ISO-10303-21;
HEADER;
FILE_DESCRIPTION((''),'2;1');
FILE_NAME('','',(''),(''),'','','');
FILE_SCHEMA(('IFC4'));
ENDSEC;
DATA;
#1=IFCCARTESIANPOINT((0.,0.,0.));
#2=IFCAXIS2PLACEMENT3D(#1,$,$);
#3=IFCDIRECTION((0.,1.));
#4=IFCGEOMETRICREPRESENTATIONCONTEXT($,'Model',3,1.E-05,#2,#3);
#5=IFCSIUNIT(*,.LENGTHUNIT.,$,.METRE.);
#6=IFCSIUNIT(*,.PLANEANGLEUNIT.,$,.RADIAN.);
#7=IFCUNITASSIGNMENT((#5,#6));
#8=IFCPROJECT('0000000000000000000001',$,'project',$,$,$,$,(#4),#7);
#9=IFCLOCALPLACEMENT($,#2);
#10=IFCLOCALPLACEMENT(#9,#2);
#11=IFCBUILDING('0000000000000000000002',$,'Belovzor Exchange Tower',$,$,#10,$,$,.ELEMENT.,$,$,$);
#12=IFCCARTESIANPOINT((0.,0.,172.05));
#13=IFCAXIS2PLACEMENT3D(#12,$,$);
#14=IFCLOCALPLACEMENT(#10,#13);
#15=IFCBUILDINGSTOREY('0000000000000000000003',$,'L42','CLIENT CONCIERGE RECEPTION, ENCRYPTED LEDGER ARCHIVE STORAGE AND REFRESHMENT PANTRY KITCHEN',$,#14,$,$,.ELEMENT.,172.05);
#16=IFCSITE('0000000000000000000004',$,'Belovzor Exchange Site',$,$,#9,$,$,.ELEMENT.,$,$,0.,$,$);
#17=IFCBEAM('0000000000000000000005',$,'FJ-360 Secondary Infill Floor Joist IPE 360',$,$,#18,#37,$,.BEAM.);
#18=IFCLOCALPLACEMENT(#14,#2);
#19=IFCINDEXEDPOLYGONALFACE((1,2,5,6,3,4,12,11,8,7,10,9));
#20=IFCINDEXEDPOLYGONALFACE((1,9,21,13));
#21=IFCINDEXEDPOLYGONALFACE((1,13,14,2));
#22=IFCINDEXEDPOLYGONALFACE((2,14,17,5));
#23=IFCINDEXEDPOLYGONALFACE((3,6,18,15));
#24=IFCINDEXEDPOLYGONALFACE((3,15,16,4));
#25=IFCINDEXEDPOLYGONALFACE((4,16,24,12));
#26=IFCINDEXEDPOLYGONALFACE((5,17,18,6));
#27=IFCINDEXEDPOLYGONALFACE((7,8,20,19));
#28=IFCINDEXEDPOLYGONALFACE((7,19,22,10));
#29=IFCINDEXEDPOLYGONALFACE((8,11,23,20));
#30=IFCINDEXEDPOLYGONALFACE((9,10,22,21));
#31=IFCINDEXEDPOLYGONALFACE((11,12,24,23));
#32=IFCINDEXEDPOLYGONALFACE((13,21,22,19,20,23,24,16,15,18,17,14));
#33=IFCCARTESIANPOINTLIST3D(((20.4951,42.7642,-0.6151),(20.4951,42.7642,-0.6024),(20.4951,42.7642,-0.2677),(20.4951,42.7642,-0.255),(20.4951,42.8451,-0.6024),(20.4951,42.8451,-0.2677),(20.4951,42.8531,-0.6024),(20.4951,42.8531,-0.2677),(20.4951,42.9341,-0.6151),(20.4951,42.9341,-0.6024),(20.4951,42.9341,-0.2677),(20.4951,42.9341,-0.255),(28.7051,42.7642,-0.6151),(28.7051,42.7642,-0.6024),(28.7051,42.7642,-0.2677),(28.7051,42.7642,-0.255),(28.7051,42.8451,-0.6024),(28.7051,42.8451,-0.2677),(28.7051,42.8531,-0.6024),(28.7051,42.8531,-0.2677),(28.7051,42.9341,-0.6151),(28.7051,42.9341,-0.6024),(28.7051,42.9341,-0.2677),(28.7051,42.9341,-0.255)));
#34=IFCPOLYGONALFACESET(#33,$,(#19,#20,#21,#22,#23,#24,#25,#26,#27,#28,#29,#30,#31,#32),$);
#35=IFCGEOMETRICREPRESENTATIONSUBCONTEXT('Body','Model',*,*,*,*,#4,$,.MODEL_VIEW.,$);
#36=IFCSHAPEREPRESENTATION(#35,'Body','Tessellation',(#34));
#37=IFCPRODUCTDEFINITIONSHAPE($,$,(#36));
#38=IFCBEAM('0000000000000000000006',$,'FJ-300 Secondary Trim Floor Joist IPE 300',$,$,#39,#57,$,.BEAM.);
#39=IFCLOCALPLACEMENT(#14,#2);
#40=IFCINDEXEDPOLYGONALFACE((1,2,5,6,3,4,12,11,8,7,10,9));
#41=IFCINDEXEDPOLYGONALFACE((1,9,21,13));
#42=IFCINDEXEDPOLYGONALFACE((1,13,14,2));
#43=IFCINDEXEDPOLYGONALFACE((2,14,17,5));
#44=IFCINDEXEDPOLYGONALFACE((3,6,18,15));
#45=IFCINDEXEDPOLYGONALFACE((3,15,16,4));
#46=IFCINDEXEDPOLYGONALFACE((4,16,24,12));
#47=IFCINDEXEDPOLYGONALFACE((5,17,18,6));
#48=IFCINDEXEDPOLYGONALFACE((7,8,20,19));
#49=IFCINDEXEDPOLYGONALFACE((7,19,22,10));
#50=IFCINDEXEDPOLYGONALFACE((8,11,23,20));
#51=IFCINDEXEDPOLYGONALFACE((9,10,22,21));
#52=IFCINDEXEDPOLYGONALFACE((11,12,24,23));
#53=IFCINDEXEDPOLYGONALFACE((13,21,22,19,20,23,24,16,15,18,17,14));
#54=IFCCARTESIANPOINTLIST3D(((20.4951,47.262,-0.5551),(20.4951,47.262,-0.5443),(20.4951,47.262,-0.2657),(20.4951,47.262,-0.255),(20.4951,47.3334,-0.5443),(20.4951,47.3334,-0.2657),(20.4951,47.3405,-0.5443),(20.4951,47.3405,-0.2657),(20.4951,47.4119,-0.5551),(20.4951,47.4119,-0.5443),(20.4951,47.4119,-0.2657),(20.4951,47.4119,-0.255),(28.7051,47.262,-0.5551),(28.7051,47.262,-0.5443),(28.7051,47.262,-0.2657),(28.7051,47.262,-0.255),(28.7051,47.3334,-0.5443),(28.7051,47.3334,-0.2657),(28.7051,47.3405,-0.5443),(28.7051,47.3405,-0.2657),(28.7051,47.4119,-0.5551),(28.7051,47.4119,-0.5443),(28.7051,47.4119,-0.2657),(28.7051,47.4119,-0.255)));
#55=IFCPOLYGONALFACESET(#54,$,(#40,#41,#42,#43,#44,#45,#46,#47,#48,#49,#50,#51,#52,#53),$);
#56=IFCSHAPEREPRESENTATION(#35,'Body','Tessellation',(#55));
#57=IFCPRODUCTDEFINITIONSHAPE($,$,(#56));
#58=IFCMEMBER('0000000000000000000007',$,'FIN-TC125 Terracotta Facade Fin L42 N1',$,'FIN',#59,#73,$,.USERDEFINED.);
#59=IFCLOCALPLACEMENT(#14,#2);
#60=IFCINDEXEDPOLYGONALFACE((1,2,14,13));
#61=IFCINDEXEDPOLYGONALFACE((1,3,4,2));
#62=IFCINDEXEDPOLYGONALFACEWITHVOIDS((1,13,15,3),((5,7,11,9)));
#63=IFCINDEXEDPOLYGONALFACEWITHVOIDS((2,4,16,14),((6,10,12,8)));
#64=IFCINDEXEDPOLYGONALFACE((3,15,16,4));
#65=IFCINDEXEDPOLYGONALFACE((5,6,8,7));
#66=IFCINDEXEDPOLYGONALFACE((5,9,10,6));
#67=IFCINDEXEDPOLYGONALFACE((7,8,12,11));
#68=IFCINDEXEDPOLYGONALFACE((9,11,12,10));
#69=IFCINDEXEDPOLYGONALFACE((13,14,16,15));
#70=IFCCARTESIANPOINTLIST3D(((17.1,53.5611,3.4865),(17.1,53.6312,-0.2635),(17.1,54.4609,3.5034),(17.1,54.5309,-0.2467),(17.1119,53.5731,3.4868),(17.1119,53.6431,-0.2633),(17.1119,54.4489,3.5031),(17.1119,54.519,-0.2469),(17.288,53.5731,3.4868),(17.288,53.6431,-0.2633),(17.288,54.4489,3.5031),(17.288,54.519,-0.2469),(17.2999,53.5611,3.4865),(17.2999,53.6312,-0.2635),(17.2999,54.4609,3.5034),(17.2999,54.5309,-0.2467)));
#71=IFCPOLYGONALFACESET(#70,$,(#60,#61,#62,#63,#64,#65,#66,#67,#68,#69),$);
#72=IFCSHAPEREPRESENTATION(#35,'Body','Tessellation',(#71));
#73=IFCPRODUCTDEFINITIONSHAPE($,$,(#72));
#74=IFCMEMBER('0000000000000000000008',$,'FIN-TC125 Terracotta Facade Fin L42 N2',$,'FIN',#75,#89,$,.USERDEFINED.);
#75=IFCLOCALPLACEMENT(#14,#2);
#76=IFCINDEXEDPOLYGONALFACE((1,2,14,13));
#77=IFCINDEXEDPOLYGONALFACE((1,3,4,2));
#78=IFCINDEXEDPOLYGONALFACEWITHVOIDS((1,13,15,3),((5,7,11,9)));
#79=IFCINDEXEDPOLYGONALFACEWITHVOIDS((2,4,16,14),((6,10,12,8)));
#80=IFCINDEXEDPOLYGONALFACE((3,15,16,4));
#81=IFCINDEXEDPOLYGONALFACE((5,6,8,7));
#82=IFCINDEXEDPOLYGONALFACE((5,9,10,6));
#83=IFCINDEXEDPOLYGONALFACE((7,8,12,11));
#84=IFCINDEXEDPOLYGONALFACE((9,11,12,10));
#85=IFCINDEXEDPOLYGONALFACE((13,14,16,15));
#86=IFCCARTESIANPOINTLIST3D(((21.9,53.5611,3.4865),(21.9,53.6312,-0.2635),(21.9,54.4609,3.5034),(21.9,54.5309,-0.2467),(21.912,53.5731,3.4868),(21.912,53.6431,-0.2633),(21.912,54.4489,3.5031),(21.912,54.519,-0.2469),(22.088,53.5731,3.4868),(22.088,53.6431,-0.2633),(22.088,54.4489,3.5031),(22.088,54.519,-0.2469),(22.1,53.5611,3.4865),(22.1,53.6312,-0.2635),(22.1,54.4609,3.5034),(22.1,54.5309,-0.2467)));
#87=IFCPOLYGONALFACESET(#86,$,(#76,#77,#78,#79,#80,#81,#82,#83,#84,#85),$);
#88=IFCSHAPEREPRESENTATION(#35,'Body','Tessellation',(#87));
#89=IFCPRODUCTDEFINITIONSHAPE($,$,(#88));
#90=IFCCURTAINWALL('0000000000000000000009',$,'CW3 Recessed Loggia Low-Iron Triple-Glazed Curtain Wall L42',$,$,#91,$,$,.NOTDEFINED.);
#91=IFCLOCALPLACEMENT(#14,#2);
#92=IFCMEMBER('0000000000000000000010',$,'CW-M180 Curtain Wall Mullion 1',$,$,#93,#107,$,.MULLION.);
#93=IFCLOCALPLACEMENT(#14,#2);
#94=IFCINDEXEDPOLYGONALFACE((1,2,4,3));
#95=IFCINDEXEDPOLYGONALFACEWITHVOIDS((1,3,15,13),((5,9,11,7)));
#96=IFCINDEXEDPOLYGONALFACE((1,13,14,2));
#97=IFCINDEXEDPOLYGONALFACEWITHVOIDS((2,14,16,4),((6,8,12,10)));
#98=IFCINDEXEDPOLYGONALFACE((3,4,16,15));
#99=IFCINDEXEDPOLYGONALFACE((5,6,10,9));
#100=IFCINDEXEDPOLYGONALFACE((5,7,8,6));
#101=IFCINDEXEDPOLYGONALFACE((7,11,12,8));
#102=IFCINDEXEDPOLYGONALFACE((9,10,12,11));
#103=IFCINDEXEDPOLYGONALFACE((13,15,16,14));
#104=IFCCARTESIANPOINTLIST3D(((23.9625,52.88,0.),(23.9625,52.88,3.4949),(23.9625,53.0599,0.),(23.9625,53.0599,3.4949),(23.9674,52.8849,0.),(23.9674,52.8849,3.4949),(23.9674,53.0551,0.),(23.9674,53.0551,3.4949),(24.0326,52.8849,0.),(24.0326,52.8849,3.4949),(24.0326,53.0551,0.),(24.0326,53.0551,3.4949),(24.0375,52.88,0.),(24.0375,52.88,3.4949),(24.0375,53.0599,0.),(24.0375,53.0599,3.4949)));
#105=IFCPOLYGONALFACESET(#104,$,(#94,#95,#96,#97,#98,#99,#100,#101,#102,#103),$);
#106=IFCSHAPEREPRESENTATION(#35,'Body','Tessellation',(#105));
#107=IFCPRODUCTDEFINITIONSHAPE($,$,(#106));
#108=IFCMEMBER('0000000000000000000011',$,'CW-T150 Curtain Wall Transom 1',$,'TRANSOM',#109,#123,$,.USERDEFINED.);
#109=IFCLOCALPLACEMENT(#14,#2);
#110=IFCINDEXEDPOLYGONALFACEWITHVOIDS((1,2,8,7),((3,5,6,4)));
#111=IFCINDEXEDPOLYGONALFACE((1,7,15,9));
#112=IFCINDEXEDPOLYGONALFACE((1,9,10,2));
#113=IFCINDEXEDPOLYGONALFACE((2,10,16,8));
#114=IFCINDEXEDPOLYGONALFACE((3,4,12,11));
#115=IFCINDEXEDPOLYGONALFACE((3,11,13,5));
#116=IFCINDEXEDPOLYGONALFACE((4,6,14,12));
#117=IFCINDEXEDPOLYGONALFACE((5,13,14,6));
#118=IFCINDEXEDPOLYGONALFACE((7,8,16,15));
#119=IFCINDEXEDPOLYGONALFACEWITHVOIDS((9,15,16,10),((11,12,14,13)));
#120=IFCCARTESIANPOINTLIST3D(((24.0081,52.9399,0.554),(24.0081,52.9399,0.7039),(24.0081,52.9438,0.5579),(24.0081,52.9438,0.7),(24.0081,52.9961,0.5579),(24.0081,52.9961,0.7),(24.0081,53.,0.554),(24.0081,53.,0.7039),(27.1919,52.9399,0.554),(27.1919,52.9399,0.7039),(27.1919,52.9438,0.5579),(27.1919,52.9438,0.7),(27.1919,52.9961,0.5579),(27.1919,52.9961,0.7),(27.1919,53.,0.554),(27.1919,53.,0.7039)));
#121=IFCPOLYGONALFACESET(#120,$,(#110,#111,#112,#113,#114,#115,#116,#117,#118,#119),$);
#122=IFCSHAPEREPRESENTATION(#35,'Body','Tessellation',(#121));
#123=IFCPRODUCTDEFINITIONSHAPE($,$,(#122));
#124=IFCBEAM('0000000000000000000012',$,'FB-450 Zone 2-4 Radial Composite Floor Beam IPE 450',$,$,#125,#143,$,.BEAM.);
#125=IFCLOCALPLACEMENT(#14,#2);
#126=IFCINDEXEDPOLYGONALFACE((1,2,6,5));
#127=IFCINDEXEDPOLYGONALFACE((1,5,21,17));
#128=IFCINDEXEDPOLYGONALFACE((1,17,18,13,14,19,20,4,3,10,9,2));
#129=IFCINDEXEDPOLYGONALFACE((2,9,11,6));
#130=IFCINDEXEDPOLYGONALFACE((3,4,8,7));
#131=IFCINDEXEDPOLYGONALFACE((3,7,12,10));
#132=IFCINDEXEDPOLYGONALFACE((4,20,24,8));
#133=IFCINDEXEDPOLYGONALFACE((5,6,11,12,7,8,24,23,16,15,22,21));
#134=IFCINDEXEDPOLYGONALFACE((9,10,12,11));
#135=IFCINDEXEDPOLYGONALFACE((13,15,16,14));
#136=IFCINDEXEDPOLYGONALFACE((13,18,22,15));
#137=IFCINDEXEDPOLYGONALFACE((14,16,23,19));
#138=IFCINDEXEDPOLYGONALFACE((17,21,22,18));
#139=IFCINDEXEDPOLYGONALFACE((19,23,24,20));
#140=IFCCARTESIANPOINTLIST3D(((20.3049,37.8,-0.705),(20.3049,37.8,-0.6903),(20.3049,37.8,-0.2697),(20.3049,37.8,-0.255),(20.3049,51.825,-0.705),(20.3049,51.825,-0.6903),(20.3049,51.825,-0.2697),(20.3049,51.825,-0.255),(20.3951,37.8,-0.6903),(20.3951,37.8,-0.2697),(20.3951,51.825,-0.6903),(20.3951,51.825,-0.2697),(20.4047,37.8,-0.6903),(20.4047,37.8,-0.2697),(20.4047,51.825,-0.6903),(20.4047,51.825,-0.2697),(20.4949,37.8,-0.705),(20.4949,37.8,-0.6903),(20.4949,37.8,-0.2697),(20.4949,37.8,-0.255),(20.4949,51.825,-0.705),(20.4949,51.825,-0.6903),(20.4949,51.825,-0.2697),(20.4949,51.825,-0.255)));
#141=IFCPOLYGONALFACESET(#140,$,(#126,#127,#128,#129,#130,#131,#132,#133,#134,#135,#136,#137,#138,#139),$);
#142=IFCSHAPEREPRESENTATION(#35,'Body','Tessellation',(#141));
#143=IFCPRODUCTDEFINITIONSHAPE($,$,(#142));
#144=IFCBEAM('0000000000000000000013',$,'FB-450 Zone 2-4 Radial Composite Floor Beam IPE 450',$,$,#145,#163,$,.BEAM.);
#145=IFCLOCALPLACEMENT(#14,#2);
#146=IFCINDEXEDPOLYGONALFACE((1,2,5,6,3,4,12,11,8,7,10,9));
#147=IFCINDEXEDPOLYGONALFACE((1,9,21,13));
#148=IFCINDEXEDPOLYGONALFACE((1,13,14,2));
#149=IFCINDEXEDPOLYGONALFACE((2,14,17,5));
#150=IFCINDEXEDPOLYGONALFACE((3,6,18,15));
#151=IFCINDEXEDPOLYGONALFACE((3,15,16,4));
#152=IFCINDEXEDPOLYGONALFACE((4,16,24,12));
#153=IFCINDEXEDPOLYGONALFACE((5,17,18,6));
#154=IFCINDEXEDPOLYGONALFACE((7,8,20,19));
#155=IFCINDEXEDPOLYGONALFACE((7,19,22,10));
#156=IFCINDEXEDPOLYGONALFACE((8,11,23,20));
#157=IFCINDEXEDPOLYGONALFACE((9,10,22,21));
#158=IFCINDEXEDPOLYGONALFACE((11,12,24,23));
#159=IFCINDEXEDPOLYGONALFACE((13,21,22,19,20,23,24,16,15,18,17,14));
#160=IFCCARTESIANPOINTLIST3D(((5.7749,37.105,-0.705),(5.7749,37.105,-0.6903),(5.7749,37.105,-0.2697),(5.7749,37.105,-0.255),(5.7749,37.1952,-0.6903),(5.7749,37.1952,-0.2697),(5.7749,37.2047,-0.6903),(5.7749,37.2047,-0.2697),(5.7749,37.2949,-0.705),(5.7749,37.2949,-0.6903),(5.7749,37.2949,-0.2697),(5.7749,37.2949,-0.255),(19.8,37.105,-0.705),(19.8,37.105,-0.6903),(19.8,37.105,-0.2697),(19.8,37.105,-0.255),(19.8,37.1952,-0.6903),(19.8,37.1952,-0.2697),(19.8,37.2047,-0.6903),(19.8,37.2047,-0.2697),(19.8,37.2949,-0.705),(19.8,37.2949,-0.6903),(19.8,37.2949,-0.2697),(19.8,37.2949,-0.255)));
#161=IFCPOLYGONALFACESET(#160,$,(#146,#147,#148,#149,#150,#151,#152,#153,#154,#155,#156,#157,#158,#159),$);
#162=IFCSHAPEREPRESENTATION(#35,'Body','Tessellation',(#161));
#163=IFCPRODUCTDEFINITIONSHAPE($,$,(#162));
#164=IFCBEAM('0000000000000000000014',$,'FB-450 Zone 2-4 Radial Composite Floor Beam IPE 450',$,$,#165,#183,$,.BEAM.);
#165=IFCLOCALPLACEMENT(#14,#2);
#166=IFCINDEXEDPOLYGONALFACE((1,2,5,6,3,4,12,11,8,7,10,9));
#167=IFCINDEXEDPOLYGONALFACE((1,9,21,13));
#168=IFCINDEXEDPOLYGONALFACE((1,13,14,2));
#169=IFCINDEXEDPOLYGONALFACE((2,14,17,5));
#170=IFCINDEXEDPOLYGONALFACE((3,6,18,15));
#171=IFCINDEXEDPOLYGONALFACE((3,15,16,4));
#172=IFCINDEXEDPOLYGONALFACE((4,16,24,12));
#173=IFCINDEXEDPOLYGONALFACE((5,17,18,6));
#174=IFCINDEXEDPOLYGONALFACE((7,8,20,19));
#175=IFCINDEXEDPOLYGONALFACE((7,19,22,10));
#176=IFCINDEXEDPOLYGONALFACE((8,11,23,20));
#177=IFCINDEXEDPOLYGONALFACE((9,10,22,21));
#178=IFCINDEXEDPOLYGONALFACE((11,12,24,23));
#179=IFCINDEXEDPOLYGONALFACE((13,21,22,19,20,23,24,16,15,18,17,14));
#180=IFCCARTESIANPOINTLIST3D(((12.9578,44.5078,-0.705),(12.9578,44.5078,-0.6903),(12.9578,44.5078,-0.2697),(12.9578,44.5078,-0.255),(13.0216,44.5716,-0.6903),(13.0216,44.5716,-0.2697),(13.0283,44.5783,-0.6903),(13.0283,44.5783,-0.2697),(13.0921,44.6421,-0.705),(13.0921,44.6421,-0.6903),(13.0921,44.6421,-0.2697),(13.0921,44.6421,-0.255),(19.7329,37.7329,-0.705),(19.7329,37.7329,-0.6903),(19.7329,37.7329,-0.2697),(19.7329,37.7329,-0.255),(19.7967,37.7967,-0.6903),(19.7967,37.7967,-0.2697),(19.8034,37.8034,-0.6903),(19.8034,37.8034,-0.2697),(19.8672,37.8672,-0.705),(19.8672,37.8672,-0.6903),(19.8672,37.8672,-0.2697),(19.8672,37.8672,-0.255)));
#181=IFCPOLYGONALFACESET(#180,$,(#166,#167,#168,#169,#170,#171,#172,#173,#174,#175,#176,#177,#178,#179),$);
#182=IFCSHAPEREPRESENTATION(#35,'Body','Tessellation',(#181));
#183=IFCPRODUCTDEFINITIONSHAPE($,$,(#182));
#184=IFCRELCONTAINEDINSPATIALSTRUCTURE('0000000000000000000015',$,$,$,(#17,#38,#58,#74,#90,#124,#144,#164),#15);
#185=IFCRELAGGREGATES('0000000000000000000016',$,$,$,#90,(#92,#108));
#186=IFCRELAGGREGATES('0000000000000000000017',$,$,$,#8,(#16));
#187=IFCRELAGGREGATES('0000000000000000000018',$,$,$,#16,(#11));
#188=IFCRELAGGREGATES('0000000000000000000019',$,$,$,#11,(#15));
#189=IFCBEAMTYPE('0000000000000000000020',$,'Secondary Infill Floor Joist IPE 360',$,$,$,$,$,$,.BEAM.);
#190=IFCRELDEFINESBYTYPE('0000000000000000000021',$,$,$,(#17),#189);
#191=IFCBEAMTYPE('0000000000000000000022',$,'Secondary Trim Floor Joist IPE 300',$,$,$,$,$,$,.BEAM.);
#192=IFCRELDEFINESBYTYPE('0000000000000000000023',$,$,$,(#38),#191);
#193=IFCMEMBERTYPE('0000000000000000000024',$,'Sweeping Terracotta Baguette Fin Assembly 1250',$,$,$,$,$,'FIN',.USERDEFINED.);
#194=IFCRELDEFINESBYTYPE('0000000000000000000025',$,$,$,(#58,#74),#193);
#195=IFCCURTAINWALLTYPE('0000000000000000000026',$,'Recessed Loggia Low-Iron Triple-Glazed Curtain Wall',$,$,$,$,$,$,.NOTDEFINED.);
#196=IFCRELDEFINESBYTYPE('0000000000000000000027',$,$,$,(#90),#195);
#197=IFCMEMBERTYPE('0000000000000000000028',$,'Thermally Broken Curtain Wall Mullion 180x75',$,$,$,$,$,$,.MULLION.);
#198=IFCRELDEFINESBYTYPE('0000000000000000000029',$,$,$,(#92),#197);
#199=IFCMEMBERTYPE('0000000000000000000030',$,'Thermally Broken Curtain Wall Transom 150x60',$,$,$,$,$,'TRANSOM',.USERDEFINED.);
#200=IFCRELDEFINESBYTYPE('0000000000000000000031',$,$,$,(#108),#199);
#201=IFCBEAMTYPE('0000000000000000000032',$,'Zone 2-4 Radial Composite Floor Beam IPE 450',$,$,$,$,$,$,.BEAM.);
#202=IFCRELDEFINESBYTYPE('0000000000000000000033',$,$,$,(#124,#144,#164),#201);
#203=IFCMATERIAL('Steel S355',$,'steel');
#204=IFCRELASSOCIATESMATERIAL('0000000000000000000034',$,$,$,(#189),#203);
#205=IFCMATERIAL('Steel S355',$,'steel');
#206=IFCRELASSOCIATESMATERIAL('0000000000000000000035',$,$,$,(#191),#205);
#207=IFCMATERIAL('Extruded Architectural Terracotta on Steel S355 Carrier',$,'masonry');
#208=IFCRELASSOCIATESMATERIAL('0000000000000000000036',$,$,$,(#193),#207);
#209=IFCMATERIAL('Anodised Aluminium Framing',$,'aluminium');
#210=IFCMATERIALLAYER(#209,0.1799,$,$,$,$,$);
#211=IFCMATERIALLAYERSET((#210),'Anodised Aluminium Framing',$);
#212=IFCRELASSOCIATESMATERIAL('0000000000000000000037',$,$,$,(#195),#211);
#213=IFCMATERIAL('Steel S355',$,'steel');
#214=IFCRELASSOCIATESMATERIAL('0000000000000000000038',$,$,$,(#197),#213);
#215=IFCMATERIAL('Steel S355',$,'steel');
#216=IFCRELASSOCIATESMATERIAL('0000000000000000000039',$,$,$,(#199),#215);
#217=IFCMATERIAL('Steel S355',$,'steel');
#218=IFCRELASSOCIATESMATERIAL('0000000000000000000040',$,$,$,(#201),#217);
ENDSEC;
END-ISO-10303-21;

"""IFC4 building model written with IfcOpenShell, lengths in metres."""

from ifc_helpers import new_model, si_unit, direction, frame, origin, origin_2d, place, context, subcontext, project, spatial, hollow_rectangle, i_section, extrude, material, layer, layer_set, material_profile, profile_set, type_object, element, aggregate, save


model = new_model("IFC4")

# Units and contexts
model_context = context("Model", 3, precision=1e-05, world=origin(), true_north=direction((0.0, 1.0)))
body_context = subcontext(model_context, "Body", "Model", "MODEL_VIEW")
ifc_project = project(units=[si_unit("LENGTHUNIT", "METRE"), si_unit("PLANEANGLEUNIT", "RADIAN")], contexts=[model_context])

# Site, building, storey
site_placement = place(None, origin())
site = spatial("IfcSite", under=ifc_project, at=site_placement, Name="Belovzor Exchange Site", CompositionType="ELEMENT", RefElevation=0.0)
building_placement = place(site_placement, origin())
building = spatial("IfcBuilding", under=site, at=building_placement, Name="Belovzor Exchange Tower", CompositionType="ELEMENT")
storey_placement = place(building_placement, frame((0.0, 0.0, 172.05)))
storey = spatial("IfcBuildingStorey", under=building, at=storey_placement, Name="L42", Description="CLIENT CONCIERGE RECEPTION, ENCRYPTED LEDGER ARCHIVE STORAGE AND REFRESHMENT PANTRY KITCHEN", CompositionType="ELEMENT", Elevation=172.05)

# Beams
ifc_material_1 = material(Name="Steel S355", Category="steel")
ifc_material_profile_1 = material_profile(ifc_material_1, i_section(OverallWidth=0.1699, OverallDepth=0.3601, WebThickness=0.0081, FlangeThickness=0.0127, at=origin_2d()))
ifc_profile_set_1 = profile_set([ifc_material_profile_1], Name="Steel S355")
beam_type_1 = type_object("IfcBeamType", Name="Secondary Infill Floor Joist IPE 360", PredefinedType="BEAM", material=ifc_profile_set_1)
beam_1_placement = place(storey_placement, frame((20.4951, 42.8491, -0.4351), z_axis=(1.0, 0.0, 0.0), x_axis=(0.0, 1.0, 0.0)))
element("IfcBeam", 1, at=beam_1_placement, inside=storey, type_object=beam_type_1, Name="FJ-360 Secondary Infill Floor Joist IPE 360", PredefinedType="BEAM", context=body_context, shape_type="SweptSolid", body=[
    extrude(i_section(OverallWidth=0.1699, OverallDepth=0.3601, WebThickness=0.0081, FlangeThickness=0.0127, at=origin_2d()), origin(), (0.0, 0.0, 1.0), 8.21),
])
ifc_material_2 = material(Name="Steel S355", Category="steel")
ifc_material_profile_2 = material_profile(ifc_material_2, i_section(OverallWidth=0.1499, OverallDepth=0.3, WebThickness=0.0071, FlangeThickness=0.0107, at=origin_2d()))
ifc_profile_set_2 = profile_set([ifc_material_profile_2], Name="Steel S355")
beam_type_2 = type_object("IfcBeamType", Name="Secondary Trim Floor Joist IPE 300", PredefinedType="BEAM", material=ifc_profile_set_2)
beam_2_placement = place(storey_placement, frame((20.4951, 47.3369, -0.405), z_axis=(1.0, 0.0, 0.0), x_axis=(0.0, 1.0, 0.0)))
element("IfcBeam", 2, at=beam_2_placement, inside=storey, type_object=beam_type_2, Name="FJ-300 Secondary Trim Floor Joist IPE 300", PredefinedType="BEAM", context=body_context, shape_type="SweptSolid", body=[
    extrude(i_section(OverallWidth=0.1499, OverallDepth=0.3, WebThickness=0.0071, FlangeThickness=0.0107, at=origin_2d()), origin(), (0.0, 0.0, 1.0), 8.21),
])

# Members
ifc_material_3 = material(Name="Extruded Architectural Terracotta on Steel S355 Carrier", Category="masonry")
ifc_material_profile_3 = material_profile(ifc_material_3, hollow_rectangle(XDim=0.2, YDim=0.8999, WallThickness=0.012, at=origin_2d()))
ifc_profile_set_3 = profile_set([ifc_material_profile_3], Name="Extruded Architectural Terracotta on Steel S355 Carrier")
member_type_1 = type_object("IfcMemberType", Name="Sweeping Terracotta Baguette Fin Assembly 1250", ElementType="FIN", PredefinedType="USERDEFINED", material=ifc_profile_set_3)
for number, where, z_axis, x_axis, name in (
    (3, (17.2, 54.0811, -0.2551), (0.0, -0.018682, 0.999825), (1.0, 0.0, 0.0), "FIN-TC125 Terracotta Facade Fin L42 N1"),
    (4, (22.0, 54.0811, -0.2551), (0.0, -0.018682, 0.999825), (1.0, 0.0, 0.0), "FIN-TC125 Terracotta Facade Fin L42 N2"),
):
    element("IfcMember", number, at=place(storey_placement, frame(where, z_axis=z_axis, x_axis=x_axis)), inside=storey, type_object=member_type_1, Name=name, ObjectType="FIN", PredefinedType="USERDEFINED", context=body_context, shape_type="SweptSolid", body=[
        extrude(hollow_rectangle(XDim=0.2, YDim=0.8999, WallThickness=0.012, at=origin_2d()), origin(), (0.0, 0.0, 1.0), 3.7507),
    ])

# Curtain wall, members
ifc_material_4 = material(Name="Anodised Aluminium Framing", Category="aluminium")
ifc_layer_1 = layer(ifc_material_4, 0.1799)
ifc_layer_set_1 = layer_set([ifc_layer_1], Name="Anodised Aluminium Framing")
curtain_wall_type = type_object("IfcCurtainWallType", Name="Recessed Loggia Low-Iron Triple-Glazed Curtain Wall", PredefinedType="NOTDEFINED", material=ifc_layer_set_1)
curtain_wall_placement = place(storey_placement, origin())
curtain_wall = element("IfcCurtainWall", 5, at=curtain_wall_placement, inside=storey, type_object=curtain_wall_type, Name="CW3 Recessed Loggia Low-Iron Triple-Glazed Curtain Wall L42", PredefinedType="NOTDEFINED")
ifc_material_5 = material(Name="Steel S355", Category="steel")
ifc_material_profile_4 = material_profile(ifc_material_5, hollow_rectangle(XDim=0.075, YDim=0.1799, WallThickness=0.0049, at=origin_2d()))
ifc_profile_set_4 = profile_set([ifc_material_profile_4], Name="Steel S355")
member_type_2 = type_object("IfcMemberType", Name="Thermally Broken Curtain Wall Mullion 180x75", PredefinedType="MULLION", material=ifc_profile_set_4)
member_1_placement = place(storey_placement, frame((24.0, 52.97, 0.0), z_axis=(0.0, 0.0, 1.0), x_axis=(1.0, 0.0, 0.0)))
member_1 = element("IfcMember", 6, at=member_1_placement, type_object=member_type_2, Name="CW-M180 Curtain Wall Mullion 1", PredefinedType="MULLION", context=body_context, shape_type="SweptSolid", body=[
    extrude(hollow_rectangle(XDim=0.075, YDim=0.1799, WallThickness=0.0049, at=origin_2d()), origin(), (0.0, 0.0, 1.0), 3.4949),
])
ifc_material_6 = material(Name="Steel S355", Category="steel")
ifc_material_profile_5 = material_profile(ifc_material_6, hollow_rectangle(XDim=0.0601, YDim=0.1499, WallThickness=0.0039, at=origin_2d()))
ifc_profile_set_5 = profile_set([ifc_material_profile_5], Name="Steel S355")
member_type_3 = type_object("IfcMemberType", Name="Thermally Broken Curtain Wall Transom 150x60", ElementType="TRANSOM", PredefinedType="USERDEFINED", material=ifc_profile_set_5)
member_2_placement = place(storey_placement, frame((24.0081, 52.97, 0.6289), z_axis=(1.0, 0.0, 0.0), x_axis=(0.0, 1.0, 0.0)))
member_2 = element("IfcMember", 7, at=member_2_placement, type_object=member_type_3, Name="CW-T150 Curtain Wall Transom 1", ObjectType="TRANSOM", PredefinedType="USERDEFINED", context=body_context, shape_type="SweptSolid", body=[
    extrude(hollow_rectangle(XDim=0.0601, YDim=0.1499, WallThickness=0.0039, at=origin_2d()), origin(), (0.0, 0.0, 1.0), 3.1838),
])

# Beams
ifc_material_7 = material(Name="Steel S355", Category="steel")
ifc_material_profile_6 = material_profile(ifc_material_7, i_section(OverallWidth=0.1899, OverallDepth=0.45, WebThickness=0.0095, FlangeThickness=0.0146, at=origin_2d()))
ifc_profile_set_6 = profile_set([ifc_material_profile_6], Name="Steel S355")
beam_type_3 = type_object("IfcBeamType", Name="Zone 2-4 Radial Composite Floor Beam IPE 450", PredefinedType="BEAM", material=ifc_profile_set_6)
beam_3_placement = place(storey_placement, frame((20.3999, 37.8, -0.48), z_axis=(0.0, 1.0, 0.0), x_axis=(-1.0, 0.0, 0.0)))
element("IfcBeam", 8, at=beam_3_placement, inside=storey, type_object=beam_type_3, Name="FB-450 Zone 2-4 Radial Composite Floor Beam IPE 450", PredefinedType="BEAM", context=body_context, shape_type="SweptSolid", body=[
    extrude(i_section(OverallWidth=0.1899, OverallDepth=0.45, WebThickness=0.0095, FlangeThickness=0.0146, at=origin_2d()), origin(), (0.0, 0.0, 1.0), 14.0249),
])
beam_4_placement = place(storey_placement, frame((19.8, 37.2, -0.48), z_axis=(-1.0, 0.0, 0.0), x_axis=(0.0, -1.0, 0.0)))
element("IfcBeam", 9, at=beam_4_placement, inside=storey, type_object=beam_type_3, Name="FB-450 Zone 2-4 Radial Composite Floor Beam IPE 450", PredefinedType="BEAM", context=body_context, shape_type="SweptSolid", body=[
    extrude(i_section(OverallWidth=0.1899, OverallDepth=0.45, WebThickness=0.0095, FlangeThickness=0.0146, at=origin_2d()), origin(), (0.0, 0.0, 1.0), 14.0251),
])
beam_5_placement = place(storey_placement, frame((19.8, 37.8, -0.48), z_axis=(-0.70712, 0.707094, 0.0), x_axis=(-0.707094, -0.70712, 0.0)))
element("IfcBeam", 10, at=beam_5_placement, inside=storey, type_object=beam_type_3, Name="FB-450 Zone 2-4 Radial Composite Floor Beam IPE 450", PredefinedType="BEAM", context=body_context, shape_type="SweptSolid", body=[
    extrude(i_section(OverallWidth=0.1899, OverallDepth=0.45, WebThickness=0.0095, FlangeThickness=0.0146, at=origin_2d()), origin(), (0.0, 0.0, 1.0), 9.5813),
])

aggregate(curtain_wall, [member_1, member_2])

save(model, "model.ifc")
